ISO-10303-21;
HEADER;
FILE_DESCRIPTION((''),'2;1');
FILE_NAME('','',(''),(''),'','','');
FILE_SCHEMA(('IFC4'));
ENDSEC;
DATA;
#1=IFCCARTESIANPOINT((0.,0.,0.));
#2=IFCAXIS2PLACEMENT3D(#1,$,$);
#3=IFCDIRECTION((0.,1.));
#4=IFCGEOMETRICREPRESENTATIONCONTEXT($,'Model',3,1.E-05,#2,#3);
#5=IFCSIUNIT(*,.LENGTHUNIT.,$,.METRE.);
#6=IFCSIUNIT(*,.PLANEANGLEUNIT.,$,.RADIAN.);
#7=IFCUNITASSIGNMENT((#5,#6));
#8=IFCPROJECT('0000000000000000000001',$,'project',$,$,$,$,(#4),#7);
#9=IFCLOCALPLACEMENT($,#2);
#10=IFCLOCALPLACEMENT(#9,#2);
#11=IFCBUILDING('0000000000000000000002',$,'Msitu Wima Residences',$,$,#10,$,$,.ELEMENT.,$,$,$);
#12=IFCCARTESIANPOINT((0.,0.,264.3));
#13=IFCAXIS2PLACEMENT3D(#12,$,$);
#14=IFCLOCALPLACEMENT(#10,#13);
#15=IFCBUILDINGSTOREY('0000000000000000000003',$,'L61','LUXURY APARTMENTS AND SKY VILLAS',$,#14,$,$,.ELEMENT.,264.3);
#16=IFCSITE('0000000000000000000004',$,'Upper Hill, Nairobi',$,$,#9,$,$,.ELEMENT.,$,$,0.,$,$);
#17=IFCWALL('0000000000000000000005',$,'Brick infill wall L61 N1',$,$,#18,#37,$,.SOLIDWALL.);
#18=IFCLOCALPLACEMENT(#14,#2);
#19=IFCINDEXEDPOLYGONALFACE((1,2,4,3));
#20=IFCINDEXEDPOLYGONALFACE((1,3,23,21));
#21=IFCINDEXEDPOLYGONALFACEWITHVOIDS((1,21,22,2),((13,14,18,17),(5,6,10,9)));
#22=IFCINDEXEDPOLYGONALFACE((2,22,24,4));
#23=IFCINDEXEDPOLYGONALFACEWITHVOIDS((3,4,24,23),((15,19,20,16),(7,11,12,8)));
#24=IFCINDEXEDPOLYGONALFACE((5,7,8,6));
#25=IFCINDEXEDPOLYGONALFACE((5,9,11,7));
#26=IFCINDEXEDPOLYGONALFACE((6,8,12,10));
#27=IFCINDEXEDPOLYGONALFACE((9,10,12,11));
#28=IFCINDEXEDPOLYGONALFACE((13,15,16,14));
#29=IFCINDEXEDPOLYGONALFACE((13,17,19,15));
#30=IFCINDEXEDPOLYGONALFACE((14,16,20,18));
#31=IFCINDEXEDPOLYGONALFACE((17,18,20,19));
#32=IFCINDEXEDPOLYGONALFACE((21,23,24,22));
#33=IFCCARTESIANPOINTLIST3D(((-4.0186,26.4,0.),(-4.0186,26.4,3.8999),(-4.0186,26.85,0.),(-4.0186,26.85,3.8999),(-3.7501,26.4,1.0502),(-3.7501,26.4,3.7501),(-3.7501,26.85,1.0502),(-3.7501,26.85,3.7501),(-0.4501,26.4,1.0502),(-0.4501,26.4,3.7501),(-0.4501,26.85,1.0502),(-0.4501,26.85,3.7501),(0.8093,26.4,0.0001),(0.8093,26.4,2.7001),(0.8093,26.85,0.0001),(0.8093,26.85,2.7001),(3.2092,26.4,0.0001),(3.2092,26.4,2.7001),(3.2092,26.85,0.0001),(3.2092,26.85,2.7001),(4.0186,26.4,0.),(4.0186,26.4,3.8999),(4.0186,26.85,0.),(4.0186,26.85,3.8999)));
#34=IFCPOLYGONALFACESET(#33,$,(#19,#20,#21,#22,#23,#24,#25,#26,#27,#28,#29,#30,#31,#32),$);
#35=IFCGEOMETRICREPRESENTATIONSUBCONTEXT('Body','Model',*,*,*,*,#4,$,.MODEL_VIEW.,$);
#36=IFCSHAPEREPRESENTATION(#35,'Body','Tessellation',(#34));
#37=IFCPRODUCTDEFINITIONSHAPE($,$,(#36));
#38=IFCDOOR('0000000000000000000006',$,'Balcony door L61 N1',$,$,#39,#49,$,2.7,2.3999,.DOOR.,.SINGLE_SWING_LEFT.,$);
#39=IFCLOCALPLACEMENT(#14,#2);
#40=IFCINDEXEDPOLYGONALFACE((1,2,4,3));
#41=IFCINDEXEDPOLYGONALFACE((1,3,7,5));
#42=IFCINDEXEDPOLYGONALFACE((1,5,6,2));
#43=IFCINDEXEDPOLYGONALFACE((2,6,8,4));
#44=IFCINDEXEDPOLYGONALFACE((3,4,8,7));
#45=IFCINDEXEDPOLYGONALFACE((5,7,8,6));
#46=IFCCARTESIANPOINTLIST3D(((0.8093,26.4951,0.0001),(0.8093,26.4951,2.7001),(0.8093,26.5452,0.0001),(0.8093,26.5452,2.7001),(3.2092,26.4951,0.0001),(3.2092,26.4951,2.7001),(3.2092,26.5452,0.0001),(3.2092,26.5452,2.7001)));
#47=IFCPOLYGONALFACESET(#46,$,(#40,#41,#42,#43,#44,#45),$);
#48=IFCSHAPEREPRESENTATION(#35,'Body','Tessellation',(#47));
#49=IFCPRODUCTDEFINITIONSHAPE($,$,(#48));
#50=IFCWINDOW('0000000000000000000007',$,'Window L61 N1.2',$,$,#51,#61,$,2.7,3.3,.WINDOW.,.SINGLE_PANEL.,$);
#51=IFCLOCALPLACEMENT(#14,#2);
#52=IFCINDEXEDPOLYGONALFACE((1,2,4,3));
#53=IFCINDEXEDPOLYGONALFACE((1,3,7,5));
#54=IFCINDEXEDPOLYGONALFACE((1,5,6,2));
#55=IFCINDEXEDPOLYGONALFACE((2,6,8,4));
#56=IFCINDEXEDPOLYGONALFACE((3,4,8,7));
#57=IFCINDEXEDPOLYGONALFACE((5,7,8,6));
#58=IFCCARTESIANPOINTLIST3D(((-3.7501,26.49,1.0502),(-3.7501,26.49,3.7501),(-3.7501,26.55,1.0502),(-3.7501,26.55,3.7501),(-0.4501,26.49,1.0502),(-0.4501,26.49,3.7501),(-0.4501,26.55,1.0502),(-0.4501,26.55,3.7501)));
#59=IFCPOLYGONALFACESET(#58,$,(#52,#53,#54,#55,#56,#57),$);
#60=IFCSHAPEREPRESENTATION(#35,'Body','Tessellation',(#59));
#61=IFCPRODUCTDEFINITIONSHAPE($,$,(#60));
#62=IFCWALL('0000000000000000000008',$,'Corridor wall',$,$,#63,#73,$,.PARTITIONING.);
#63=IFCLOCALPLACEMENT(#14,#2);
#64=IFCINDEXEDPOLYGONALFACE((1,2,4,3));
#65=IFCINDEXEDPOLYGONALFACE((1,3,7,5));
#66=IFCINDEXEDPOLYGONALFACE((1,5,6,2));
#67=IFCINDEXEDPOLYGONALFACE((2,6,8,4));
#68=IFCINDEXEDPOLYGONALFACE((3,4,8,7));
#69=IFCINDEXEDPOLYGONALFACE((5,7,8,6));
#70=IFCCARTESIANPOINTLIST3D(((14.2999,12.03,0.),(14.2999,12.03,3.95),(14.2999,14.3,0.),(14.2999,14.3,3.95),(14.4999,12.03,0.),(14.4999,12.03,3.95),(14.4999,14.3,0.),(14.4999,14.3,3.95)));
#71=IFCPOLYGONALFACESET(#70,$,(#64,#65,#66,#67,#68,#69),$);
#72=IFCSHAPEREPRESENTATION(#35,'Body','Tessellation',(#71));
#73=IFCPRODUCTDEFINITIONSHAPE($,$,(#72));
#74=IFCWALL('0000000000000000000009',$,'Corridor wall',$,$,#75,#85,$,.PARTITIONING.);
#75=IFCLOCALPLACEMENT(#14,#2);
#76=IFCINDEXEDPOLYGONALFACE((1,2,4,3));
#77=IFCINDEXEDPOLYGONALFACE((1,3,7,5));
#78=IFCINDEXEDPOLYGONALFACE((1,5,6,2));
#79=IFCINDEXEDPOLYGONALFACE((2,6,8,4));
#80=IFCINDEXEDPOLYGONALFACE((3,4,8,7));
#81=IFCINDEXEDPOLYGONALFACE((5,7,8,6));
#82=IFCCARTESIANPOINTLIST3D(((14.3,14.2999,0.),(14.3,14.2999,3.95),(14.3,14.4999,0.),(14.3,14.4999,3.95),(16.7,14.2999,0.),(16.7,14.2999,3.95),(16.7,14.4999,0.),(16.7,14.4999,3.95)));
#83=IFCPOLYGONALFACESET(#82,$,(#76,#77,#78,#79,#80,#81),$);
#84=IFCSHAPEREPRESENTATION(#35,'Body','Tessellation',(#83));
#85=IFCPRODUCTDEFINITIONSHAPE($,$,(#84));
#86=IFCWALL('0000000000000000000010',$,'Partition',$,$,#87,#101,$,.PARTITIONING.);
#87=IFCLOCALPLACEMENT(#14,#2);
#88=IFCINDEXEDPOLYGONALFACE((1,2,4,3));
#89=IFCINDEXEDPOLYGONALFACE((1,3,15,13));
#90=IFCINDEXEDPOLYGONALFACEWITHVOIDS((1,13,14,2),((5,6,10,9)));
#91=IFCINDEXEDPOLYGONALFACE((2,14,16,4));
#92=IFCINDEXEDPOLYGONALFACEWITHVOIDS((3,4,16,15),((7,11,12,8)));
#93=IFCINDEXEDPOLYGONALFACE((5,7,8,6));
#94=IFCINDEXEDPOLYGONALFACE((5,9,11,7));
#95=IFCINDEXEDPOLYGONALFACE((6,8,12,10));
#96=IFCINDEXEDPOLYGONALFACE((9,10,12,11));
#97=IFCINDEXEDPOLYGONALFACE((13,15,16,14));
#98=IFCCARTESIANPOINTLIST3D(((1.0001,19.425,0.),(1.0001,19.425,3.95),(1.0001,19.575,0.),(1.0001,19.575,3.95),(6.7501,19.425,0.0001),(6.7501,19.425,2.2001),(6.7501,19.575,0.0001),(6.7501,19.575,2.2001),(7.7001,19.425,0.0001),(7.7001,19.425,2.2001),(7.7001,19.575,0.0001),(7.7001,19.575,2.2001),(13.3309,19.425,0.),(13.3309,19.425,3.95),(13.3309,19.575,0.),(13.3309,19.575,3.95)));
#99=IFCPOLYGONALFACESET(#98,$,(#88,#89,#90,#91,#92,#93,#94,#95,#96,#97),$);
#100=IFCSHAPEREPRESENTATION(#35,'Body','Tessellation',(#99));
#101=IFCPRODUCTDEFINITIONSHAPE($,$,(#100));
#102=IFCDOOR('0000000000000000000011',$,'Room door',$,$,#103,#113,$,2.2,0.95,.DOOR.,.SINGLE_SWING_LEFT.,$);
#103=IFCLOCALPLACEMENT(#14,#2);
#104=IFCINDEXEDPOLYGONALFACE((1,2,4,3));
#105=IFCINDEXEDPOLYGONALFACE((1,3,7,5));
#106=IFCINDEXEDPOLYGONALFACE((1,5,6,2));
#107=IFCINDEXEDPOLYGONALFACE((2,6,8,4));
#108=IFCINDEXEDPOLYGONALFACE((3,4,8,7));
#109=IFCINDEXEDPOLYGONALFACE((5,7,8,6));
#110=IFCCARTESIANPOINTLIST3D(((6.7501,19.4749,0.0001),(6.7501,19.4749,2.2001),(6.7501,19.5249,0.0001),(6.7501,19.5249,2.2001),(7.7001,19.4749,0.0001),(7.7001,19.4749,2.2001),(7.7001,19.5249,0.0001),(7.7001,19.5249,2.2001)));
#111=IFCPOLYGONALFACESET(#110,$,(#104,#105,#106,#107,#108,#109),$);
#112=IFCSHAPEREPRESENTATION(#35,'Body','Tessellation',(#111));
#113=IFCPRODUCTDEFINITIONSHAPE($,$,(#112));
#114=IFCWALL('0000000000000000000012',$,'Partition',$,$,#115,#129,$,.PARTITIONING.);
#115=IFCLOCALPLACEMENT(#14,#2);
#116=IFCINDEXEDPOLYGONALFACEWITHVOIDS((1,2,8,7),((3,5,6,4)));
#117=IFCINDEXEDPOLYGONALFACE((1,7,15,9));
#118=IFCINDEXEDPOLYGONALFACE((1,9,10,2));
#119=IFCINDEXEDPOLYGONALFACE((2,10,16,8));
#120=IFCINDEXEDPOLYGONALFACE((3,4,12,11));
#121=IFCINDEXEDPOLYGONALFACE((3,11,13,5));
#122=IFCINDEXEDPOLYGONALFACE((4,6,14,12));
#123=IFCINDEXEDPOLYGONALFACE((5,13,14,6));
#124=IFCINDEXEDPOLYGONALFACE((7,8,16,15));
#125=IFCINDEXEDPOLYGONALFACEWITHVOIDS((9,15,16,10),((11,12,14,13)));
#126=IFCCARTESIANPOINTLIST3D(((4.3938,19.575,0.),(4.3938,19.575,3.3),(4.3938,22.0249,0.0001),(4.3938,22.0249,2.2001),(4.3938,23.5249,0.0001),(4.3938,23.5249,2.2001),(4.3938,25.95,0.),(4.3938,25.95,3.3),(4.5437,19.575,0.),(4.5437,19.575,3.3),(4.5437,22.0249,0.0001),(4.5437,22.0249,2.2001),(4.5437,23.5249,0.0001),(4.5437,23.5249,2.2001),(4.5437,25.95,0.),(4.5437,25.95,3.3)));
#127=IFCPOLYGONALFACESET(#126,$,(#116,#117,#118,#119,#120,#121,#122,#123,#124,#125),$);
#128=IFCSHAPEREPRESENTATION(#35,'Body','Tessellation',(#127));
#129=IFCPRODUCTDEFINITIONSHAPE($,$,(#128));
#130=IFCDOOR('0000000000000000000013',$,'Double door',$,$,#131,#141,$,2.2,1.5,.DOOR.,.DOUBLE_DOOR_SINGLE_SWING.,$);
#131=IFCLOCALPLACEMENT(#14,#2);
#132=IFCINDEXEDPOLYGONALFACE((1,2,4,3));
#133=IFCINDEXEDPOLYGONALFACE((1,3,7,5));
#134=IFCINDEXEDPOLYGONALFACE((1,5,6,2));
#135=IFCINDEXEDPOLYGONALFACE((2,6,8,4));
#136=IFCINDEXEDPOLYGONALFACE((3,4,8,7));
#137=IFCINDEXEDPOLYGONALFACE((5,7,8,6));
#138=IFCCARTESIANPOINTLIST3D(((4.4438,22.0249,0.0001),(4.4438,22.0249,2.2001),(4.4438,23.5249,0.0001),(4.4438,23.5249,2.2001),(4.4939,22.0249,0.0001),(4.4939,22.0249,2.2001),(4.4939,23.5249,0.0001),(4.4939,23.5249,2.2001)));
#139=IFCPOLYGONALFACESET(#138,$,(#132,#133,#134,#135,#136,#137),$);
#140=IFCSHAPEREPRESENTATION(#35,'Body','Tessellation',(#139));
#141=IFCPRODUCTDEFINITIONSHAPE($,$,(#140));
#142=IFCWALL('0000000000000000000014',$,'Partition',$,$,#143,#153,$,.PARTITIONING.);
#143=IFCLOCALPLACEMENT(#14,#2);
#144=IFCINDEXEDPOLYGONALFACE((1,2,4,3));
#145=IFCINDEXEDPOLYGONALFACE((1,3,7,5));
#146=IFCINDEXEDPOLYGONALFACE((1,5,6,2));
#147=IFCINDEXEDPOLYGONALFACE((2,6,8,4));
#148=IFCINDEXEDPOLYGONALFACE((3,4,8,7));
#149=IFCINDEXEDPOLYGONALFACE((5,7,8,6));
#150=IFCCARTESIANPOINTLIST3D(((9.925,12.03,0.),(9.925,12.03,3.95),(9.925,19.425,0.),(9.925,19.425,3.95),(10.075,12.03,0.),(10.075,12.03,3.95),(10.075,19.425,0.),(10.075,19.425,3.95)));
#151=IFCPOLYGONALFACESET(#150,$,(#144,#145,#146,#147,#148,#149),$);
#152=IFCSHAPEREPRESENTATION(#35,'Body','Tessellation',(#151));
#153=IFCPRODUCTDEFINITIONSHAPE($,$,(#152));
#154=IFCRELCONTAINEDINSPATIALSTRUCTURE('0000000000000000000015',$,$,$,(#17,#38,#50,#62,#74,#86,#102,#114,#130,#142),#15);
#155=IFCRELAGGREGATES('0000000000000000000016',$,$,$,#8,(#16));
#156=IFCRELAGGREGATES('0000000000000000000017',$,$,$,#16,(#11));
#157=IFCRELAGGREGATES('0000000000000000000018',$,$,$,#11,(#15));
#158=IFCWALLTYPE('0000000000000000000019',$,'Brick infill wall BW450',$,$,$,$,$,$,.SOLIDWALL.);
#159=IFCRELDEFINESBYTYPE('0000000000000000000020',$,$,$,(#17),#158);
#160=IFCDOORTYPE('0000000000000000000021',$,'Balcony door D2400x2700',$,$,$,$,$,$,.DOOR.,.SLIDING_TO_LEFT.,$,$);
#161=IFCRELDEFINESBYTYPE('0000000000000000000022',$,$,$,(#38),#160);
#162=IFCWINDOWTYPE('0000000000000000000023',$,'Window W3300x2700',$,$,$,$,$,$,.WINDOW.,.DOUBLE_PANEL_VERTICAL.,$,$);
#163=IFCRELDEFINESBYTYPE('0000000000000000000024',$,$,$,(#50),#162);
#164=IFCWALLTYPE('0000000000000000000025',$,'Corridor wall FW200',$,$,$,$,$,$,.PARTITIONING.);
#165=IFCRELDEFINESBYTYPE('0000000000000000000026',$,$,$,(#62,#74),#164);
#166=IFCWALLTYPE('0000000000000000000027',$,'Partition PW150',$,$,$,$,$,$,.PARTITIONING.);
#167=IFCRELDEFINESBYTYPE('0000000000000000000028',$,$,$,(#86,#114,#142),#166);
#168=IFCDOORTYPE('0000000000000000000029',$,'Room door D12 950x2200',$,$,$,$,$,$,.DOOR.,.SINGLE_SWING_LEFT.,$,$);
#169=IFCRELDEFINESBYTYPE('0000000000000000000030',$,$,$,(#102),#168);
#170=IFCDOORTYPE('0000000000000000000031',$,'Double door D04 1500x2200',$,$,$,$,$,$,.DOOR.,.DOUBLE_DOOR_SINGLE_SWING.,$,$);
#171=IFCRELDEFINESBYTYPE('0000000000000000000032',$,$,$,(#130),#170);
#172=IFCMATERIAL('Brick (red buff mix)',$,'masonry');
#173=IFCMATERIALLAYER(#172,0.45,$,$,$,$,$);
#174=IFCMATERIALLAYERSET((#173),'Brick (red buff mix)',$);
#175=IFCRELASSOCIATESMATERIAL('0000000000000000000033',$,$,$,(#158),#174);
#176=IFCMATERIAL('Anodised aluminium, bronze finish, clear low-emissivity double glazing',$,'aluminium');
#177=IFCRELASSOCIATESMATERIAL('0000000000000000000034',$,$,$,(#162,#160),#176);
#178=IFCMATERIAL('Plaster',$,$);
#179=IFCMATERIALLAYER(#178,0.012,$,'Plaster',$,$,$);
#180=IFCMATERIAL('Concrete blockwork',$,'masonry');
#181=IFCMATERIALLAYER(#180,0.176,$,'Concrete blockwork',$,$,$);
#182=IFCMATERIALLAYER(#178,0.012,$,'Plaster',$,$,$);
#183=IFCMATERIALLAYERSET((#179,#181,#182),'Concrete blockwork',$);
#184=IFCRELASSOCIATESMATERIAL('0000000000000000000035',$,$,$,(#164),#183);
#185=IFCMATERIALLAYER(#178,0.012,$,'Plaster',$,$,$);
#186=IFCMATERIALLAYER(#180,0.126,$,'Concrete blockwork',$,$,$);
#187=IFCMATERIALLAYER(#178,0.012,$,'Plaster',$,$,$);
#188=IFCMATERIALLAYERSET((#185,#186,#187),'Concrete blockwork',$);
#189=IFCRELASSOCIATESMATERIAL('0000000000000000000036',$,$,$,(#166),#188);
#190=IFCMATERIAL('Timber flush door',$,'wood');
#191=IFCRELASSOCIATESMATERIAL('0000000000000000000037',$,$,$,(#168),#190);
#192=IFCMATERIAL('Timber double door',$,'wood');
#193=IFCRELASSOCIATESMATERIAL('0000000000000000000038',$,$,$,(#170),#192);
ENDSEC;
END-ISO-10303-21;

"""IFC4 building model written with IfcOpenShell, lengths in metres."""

from ifc_helpers import new_model, si_unit, direction, frame, frame_2d, origin, place, context, subcontext, project, spatial, rectangle, extrude, material, layer, layer_set, type_object, element, fill, save


model = new_model("IFC4")

# Units and contexts
model_context = context("Model", 3, precision=1e-05, world=origin(), true_north=direction((0.0, 1.0)))
body_context = subcontext(model_context, "Body", "Model", "MODEL_VIEW")
ifc_project = project(units=[si_unit("LENGTHUNIT", "METRE"), si_unit("PLANEANGLEUNIT", "RADIAN")], contexts=[model_context])

# Site, building, storey
site_placement = place(None, origin())
site = spatial("IfcSite", under=ifc_project, at=site_placement, Name="Upper Hill, Nairobi", CompositionType="ELEMENT", RefElevation=0.0)
building_placement = place(site_placement, origin())
building = spatial("IfcBuilding", under=site, at=building_placement, Name="Msitu Wima Residences", CompositionType="ELEMENT")
storey_placement = place(building_placement, frame((0.0, 0.0, 264.3)))
storey = spatial("IfcBuildingStorey", under=building, at=storey_placement, Name="L61", Description="LUXURY APARTMENTS AND SKY VILLAS", CompositionType="ELEMENT", Elevation=264.3)

# Shared definitions
ifc_material_1 = material(Name="Brick (red buff mix)", Category="masonry")
ifc_layer_1 = layer(ifc_material_1, 0.45)
ifc_layer_set_1 = layer_set([ifc_layer_1], Name="Brick (red buff mix)")
wall_type_1 = type_object("IfcWallType", Name="Brick infill wall BW450", PredefinedType="SOLIDWALL", material=ifc_layer_set_1)
ifc_material_2 = material(Name="Anodised aluminium, bronze finish, clear low-emissivity double glazing", Category="aluminium")
window_type = type_object("IfcWindowType", Name="Window W3300x2700", PartitioningType="DOUBLE_PANEL_VERTICAL", PredefinedType="WINDOW", material=ifc_material_2)

# Wall, openings, door, window
wall_1_placement = place(storey_placement, frame((4.0186, 26.625, 0.0), z_axis=(0.0, 0.0, 1.0), x_axis=(-1.0, 0.0, 0.0)))
wall_1 = element("IfcWall", 1, at=wall_1_placement, inside=storey, type_object=wall_type_1, Name="Brick infill wall L61 N1", PredefinedType="SOLIDWALL", context=body_context, shape_type="SweptSolid", body=[
    extrude(rectangle(XDim=8.0371, YDim=0.45, at=frame_2d((4.0186, 0.0))), origin(), (0.0, 0.0, 1.0), 3.8999),
])
opening_1_placement = place(wall_1_placement, frame((0.8093, 0.0, 0.0)))
opening_1 = element("IfcOpeningElement", 2, at=opening_1_placement, cuts=wall_1, PredefinedType="OPENING", context=body_context, shape_type="SweptSolid", body=[
    extrude(rectangle(XDim=2.3999, YDim=2.7, at=frame_2d((1.2, 1.3501))), frame((0.0, 0.2349, 0.0), z_axis=(0.0, -1.0, 0.0), x_axis=(1.0, 0.0, 0.0)), (0.0, 0.0, 1.0), 0.47),
])
opening_2_placement = place(wall_1_placement, frame((4.4688, 0.0, 1.05)))
opening_2 = element("IfcOpeningElement", 3, at=opening_2_placement, cuts=wall_1, PredefinedType="OPENING", context=body_context, shape_type="SweptSolid", body=[
    extrude(rectangle(XDim=3.3, YDim=2.7, at=frame_2d((1.6499, 1.3501))), frame((0.0, 0.2349, 0.0), z_axis=(0.0, -1.0, 0.0), x_axis=(1.0, 0.0, 0.0)), (0.0, 0.0, 1.0), 0.47),
])
door_type_1 = type_object("IfcDoorType", Name="Balcony door D2400x2700", OperationType="SLIDING_TO_LEFT", PredefinedType="DOOR", material=ifc_material_2)
door_1_placement = place(opening_1_placement, origin())
door_1 = element("IfcDoor", 4, at=door_1_placement, inside=storey, type_object=door_type_1, Name="Balcony door L61 N1", OperationType="SINGLE_SWING_LEFT", OverallHeight=2.7, OverallWidth=2.3999, PredefinedType="DOOR", context=body_context, shape_type="SweptSolid", body=[
    extrude(rectangle(XDim=2.3999, YDim=2.7, at=frame_2d((1.2, 1.3501))), frame((0.0, 0.1299, 0.0), z_axis=(0.0, -1.0, 0.0), x_axis=(1.0, 0.0, 0.0)), (0.0, 0.0, 1.0), 0.05),
])
fill(opening_1, door_1)
window_1_placement = place(opening_2_placement, origin())
window_1 = element("IfcWindow", 5, at=window_1_placement, inside=storey, type_object=window_type, Name="Window L61 N1.2", OverallHeight=2.7, OverallWidth=3.3, PartitioningType="SINGLE_PANEL", PredefinedType="WINDOW", context=body_context, shape_type="SweptSolid", body=[
    extrude(rectangle(XDim=3.3, YDim=2.7, at=frame_2d((1.6499, 1.3501))), frame((0.0, 0.135, 0.0), z_axis=(0.0, -1.0, 0.0), x_axis=(1.0, 0.0, 0.0)), (0.0, 0.0, 1.0), 0.0601),
])
fill(opening_2, window_1)

# Walls
ifc_material_3 = material(Name="Plaster")
ifc_layer_2 = layer(ifc_material_3, 0.012, Name="Plaster")
ifc_material_4 = material(Name="Concrete blockwork", Category="masonry")
ifc_layer_3 = layer(ifc_material_4, 0.176, Name="Concrete blockwork")
ifc_layer_4 = layer(ifc_material_3, 0.012, Name="Plaster")
ifc_layer_set_2 = layer_set([ifc_layer_2, ifc_layer_3, ifc_layer_4], Name="Concrete blockwork")
wall_type_2 = type_object("IfcWallType", Name="Corridor wall FW200", PredefinedType="PARTITIONING", material=ifc_layer_set_2)
wall_2_placement = place(storey_placement, frame((14.3999, 12.03, 0.0), z_axis=(0.0, 0.0, 1.0), x_axis=(0.0, 1.0, 0.0)))
element("IfcWall", 6, at=wall_2_placement, inside=storey, type_object=wall_type_2, Name="Corridor wall", PredefinedType="PARTITIONING", context=body_context, shape_type="SweptSolid", body=[
    extrude(rectangle(XDim=2.27, YDim=0.2, at=frame_2d((1.135, 0.0))), origin(), (0.0, 0.0, 1.0), 3.95),
])
wall_3_placement = place(storey_placement, frame((14.3, 14.3999, 0.0), z_axis=(0.0, 0.0, 1.0), x_axis=(1.0, 0.0, 0.0)))
element("IfcWall", 7, at=wall_3_placement, inside=storey, type_object=wall_type_2, Name="Corridor wall", PredefinedType="PARTITIONING", context=body_context, shape_type="SweptSolid", body=[
    extrude(rectangle(XDim=2.3999, YDim=0.2, at=frame_2d((1.2, 0.0))), origin(), (0.0, 0.0, 1.0), 3.95),
])

# Walls, openings, doors
ifc_layer_5 = layer(ifc_material_3, 0.012, Name="Plaster")
ifc_layer_6 = layer(ifc_material_4, 0.126, Name="Concrete blockwork")
ifc_layer_7 = layer(ifc_material_3, 0.012, Name="Plaster")
ifc_layer_set_3 = layer_set([ifc_layer_5, ifc_layer_6, ifc_layer_7], Name="Concrete blockwork")
wall_type_3 = type_object("IfcWallType", Name="Partition PW150", PredefinedType="PARTITIONING", material=ifc_layer_set_3)
wall_4_placement = place(storey_placement, frame((1.0, 19.5, 0.0), z_axis=(0.0, 0.0, 1.0), x_axis=(1.0, 0.0, 0.0)))
wall_4 = element("IfcWall", 8, at=wall_4_placement, inside=storey, type_object=wall_type_3, Name="Partition", PredefinedType="PARTITIONING", context=body_context, shape_type="SweptSolid", body=[
    extrude(rectangle(XDim=12.3308, YDim=0.1499, at=frame_2d((6.1655, 0.0))), origin(), (0.0, 0.0, 1.0), 3.95),
])
opening_3_placement = place(wall_4_placement, frame((5.75, 0.0, 0.0)))
opening_3 = element("IfcOpeningElement", 9, at=opening_3_placement, cuts=wall_4, PredefinedType="OPENING", context=body_context, shape_type="SweptSolid", body=[
    extrude(rectangle(XDim=0.95, YDim=2.2, at=frame_2d((0.4751, 1.1001))), frame((0.0, 0.085, 0.0), z_axis=(0.0, -1.0, 0.0), x_axis=(1.0, 0.0, 0.0)), (0.0, 0.0, 1.0), 0.1699),
])
ifc_material_5 = material(Name="Timber flush door", Category="wood")
door_type_2 = type_object("IfcDoorType", Name="Room door D12 950x2200", OperationType="SINGLE_SWING_LEFT", PredefinedType="DOOR", material=ifc_material_5)
door_2_placement = place(opening_3_placement, origin())
door_2 = element("IfcDoor", 10, at=door_2_placement, inside=storey, type_object=door_type_2, Name="Room door", OperationType="SINGLE_SWING_LEFT", OverallHeight=2.2, OverallWidth=0.95, PredefinedType="DOOR", context=body_context, shape_type="SweptSolid", body=[
    extrude(rectangle(XDim=0.95, YDim=2.2, at=frame_2d((0.4751, 1.1001))), frame((0.0, 0.0249, 0.0), z_axis=(0.0, -1.0, 0.0), x_axis=(1.0, 0.0, 0.0)), (0.0, 0.0, 1.0), 0.05),
])
fill(opening_3, door_2)
wall_5_placement = place(storey_placement, frame((4.4688, 19.575, 0.0), z_axis=(0.0, 0.0, 1.0), x_axis=(0.0, 1.0, 0.0)))
wall_5 = element("IfcWall", 11, at=wall_5_placement, inside=storey, type_object=wall_type_3, Name="Partition", PredefinedType="PARTITIONING", context=body_context, shape_type="SweptSolid", body=[
    extrude(rectangle(XDim=6.375, YDim=0.1499, at=frame_2d((3.1875, 0.0))), origin(), (0.0, 0.0, 1.0), 3.3),
])
opening_4_placement = place(wall_5_placement, frame((2.45, 0.0, 0.0)))
opening_4 = element("IfcOpeningElement", 12, at=opening_4_placement, cuts=wall_5, PredefinedType="OPENING", context=body_context, shape_type="SweptSolid", body=[
    extrude(rectangle(XDim=1.5, YDim=2.2, at=frame_2d((0.75, 1.1001))), frame((0.0, 0.085, 0.0), z_axis=(0.0, -1.0, 0.0), x_axis=(1.0, 0.0, 0.0)), (0.0, 0.0, 1.0), 0.1699),
])
ifc_material_6 = material(Name="Timber double door", Category="wood")
door_type_3 = type_object("IfcDoorType", Name="Double door D04 1500x2200", OperationType="DOUBLE_DOOR_SINGLE_SWING", PredefinedType="DOOR", material=ifc_material_6)
door_3_placement = place(opening_4_placement, origin())
door_3 = element("IfcDoor", 13, at=door_3_placement, inside=storey, type_object=door_type_3, Name="Double door", OperationType="DOUBLE_DOOR_SINGLE_SWING", OverallHeight=2.2, OverallWidth=1.5, PredefinedType="DOOR", context=body_context, shape_type="SweptSolid", body=[
    extrude(rectangle(XDim=1.5, YDim=2.2, at=frame_2d((0.75, 1.1001))), frame((0.0, 0.0249, 0.0), z_axis=(0.0, -1.0, 0.0), x_axis=(1.0, 0.0, 0.0)), (0.0, 0.0, 1.0), 0.05),
])
fill(opening_4, door_3)

# Wall
wall_6_placement = place(storey_placement, frame((10.0, 12.03, 0.0), z_axis=(0.0, 0.0, 1.0), x_axis=(0.0, 1.0, 0.0)))
element("IfcWall", 14, at=wall_6_placement, inside=storey, type_object=wall_type_3, Name="Partition", PredefinedType="PARTITIONING", context=body_context, shape_type="SweptSolid", body=[
    extrude(rectangle(XDim=7.395, YDim=0.1499, at=frame_2d((3.6975, 0.0))), origin(), (0.0, 0.0, 1.0), 3.95),
])

save(model, "model.ifc")
